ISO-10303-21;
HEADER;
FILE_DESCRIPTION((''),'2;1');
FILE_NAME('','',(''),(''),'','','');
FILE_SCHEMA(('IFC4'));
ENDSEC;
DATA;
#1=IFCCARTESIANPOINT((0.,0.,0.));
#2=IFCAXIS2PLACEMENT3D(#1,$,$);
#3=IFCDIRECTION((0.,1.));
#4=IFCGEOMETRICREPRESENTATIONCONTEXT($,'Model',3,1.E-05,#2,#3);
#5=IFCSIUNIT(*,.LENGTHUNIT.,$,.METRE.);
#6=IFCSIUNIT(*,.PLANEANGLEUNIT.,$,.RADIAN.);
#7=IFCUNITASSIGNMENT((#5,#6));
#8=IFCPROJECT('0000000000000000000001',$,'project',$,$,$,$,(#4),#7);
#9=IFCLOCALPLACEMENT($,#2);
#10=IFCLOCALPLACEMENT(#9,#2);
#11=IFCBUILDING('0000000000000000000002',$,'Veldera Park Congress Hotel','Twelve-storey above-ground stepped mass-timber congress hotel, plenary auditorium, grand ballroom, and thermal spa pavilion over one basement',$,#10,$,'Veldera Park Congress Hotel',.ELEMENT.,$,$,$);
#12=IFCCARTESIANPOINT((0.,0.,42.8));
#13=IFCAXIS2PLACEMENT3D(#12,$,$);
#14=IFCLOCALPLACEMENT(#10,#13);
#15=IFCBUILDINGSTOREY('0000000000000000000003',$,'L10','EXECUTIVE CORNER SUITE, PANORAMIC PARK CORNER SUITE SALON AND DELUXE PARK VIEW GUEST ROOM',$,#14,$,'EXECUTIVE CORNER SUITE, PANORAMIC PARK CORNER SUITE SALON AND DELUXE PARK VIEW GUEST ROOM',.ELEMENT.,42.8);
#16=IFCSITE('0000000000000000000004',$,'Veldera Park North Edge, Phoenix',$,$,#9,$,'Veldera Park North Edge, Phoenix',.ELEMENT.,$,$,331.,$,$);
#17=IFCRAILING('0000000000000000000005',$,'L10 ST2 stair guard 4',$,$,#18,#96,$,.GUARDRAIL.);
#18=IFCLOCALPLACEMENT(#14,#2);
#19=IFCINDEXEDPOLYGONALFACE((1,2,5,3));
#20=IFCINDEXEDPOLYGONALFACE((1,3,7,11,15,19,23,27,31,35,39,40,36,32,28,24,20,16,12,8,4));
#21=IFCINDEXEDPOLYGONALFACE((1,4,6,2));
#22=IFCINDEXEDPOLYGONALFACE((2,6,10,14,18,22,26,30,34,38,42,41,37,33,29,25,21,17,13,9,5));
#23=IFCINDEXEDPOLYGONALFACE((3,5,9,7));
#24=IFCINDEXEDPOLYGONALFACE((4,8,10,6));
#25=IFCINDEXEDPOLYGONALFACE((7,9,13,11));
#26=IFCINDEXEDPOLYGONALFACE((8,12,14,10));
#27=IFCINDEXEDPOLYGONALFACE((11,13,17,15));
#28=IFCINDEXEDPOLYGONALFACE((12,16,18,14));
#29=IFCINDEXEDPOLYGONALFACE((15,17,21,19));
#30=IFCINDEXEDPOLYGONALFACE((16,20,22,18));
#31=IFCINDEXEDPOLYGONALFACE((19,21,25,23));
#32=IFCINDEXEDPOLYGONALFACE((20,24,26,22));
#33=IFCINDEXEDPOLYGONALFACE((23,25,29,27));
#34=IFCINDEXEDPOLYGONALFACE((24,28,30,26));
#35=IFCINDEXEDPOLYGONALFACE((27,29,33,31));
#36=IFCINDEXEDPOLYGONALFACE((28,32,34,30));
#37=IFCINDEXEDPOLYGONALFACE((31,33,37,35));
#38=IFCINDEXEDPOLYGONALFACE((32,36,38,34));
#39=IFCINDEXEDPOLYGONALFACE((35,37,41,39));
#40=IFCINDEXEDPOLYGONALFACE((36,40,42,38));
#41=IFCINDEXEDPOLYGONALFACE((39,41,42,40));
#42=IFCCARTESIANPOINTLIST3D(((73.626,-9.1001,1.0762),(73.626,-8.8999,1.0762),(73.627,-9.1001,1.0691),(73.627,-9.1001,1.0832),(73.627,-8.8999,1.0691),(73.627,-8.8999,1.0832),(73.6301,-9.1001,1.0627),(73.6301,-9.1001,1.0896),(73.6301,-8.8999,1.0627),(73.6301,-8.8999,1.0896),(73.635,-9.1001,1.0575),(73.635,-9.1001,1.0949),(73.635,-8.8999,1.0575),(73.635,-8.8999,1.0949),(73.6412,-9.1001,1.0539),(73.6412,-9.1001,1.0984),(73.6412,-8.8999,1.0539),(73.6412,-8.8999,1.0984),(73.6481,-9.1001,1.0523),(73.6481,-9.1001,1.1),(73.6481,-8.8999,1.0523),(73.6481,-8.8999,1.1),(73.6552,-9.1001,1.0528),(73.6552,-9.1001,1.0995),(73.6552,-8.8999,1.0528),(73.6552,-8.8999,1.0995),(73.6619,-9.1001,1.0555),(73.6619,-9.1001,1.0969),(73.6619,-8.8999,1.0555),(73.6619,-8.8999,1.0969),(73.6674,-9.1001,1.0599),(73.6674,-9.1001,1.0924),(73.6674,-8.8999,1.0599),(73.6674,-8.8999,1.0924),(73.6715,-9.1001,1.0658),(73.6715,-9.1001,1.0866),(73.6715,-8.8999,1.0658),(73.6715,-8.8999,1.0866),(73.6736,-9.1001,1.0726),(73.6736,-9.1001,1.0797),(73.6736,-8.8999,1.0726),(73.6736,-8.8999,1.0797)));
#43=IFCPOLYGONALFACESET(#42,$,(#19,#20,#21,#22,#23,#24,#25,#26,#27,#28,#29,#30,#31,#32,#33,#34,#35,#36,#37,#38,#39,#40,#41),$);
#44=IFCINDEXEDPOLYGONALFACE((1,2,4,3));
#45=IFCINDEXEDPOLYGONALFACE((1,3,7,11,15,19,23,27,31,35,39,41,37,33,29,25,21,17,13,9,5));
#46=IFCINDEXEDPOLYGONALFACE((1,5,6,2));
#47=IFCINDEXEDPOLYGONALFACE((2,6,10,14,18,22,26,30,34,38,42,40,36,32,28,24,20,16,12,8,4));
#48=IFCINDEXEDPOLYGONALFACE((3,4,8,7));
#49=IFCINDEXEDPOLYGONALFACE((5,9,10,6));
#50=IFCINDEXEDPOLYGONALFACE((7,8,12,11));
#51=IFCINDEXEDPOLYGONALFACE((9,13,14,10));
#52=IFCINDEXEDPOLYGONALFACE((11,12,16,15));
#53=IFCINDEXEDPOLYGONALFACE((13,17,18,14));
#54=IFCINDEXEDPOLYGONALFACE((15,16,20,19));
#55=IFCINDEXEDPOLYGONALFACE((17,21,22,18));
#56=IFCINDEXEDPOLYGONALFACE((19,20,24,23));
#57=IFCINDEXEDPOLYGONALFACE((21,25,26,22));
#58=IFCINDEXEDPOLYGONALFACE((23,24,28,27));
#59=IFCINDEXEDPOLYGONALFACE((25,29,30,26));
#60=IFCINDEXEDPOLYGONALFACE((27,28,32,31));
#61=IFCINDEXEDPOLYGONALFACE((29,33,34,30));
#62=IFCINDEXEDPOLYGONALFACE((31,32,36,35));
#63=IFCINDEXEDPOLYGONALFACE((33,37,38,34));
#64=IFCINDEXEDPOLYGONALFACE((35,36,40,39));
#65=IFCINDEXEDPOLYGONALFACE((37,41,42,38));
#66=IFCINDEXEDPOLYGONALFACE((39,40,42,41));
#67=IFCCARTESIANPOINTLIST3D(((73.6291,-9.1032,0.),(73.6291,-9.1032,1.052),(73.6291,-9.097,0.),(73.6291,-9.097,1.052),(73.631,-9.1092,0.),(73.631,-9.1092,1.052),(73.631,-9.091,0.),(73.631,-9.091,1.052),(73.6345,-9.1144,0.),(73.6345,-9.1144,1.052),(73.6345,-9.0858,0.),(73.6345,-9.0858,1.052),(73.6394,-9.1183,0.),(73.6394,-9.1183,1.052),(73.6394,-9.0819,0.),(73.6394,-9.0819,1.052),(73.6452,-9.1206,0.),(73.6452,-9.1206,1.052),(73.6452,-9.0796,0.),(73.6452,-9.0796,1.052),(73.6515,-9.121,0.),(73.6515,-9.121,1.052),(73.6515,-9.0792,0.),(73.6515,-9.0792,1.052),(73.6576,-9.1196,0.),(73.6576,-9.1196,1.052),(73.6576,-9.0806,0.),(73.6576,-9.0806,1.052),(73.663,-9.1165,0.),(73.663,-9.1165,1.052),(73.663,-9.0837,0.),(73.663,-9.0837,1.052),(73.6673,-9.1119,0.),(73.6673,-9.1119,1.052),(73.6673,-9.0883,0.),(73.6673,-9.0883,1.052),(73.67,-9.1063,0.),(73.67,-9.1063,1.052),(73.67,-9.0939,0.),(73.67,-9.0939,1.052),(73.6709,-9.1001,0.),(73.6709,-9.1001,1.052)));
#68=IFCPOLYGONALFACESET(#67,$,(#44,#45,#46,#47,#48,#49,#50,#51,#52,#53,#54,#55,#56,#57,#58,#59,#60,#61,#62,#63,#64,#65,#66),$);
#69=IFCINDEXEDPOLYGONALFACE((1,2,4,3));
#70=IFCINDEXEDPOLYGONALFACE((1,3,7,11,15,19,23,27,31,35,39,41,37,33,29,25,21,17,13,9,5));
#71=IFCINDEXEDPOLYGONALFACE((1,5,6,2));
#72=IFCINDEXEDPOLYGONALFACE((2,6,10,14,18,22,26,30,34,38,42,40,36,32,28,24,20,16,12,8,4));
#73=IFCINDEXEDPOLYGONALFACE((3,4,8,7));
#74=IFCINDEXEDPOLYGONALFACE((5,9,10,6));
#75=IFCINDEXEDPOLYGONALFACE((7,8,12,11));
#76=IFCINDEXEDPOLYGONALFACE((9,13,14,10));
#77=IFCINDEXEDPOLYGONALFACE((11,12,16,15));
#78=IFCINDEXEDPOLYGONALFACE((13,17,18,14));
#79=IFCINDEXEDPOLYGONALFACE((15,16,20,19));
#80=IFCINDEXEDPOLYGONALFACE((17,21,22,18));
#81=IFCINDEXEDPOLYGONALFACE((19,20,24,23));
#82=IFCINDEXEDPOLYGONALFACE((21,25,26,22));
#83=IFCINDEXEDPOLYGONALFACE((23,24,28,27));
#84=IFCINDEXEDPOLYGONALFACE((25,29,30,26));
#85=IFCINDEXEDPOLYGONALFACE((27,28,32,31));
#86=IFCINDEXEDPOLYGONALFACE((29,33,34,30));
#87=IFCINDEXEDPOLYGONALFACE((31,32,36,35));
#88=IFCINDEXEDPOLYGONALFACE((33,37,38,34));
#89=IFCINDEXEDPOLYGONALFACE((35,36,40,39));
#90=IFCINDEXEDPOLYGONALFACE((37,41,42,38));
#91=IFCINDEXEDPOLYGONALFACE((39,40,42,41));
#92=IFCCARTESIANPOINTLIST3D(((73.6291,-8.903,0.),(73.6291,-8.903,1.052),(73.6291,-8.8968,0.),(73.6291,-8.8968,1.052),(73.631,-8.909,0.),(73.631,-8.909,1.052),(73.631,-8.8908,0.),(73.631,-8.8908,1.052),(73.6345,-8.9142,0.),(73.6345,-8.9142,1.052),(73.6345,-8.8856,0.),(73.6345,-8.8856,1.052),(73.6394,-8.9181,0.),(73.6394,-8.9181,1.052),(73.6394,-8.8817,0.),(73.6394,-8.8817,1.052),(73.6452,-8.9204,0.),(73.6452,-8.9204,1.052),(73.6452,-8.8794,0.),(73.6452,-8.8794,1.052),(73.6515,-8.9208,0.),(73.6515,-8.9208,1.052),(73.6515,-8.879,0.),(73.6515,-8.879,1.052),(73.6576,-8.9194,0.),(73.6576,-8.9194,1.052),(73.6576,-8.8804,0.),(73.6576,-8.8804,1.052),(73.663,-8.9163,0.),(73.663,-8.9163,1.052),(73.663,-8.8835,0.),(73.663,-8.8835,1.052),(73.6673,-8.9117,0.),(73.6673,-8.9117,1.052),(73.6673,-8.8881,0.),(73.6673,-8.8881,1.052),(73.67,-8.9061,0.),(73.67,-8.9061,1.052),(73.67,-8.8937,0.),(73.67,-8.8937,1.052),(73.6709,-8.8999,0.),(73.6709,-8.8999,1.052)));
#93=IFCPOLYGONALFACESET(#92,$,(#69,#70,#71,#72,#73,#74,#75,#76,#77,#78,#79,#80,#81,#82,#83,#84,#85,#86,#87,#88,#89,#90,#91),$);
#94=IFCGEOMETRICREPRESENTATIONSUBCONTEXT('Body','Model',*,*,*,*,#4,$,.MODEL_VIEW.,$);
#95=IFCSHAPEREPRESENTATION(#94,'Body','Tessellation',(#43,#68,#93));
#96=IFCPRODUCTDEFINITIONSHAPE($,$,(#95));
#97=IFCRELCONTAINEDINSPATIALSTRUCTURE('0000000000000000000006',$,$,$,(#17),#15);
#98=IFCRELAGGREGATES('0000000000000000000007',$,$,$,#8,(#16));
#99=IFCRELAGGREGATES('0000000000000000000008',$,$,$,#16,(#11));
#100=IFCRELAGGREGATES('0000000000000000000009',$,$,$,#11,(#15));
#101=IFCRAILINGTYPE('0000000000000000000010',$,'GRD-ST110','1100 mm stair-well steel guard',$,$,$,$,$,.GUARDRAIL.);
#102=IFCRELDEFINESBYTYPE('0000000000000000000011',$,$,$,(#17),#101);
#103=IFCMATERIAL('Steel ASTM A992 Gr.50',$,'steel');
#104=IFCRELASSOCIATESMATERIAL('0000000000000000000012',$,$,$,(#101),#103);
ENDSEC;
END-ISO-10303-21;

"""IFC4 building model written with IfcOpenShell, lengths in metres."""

from ifc_helpers import new_model, si_unit, direction, frame, origin, origin_2d, place, context, subcontext, project, spatial, circle, extrude, material, type_object, element, save


model = new_model("IFC4")

# Units and contexts
model_context = context("Model", 3, precision=1e-05, world=origin(), true_north=direction((0.0, 1.0)))
body_context = subcontext(model_context, "Body", "Model", "MODEL_VIEW")
ifc_project = project(units=[si_unit("LENGTHUNIT", "METRE"), si_unit("PLANEANGLEUNIT", "RADIAN")], contexts=[model_context])

# Site, building, storey
site_placement = place(None, origin())
site = spatial("IfcSite", under=ifc_project, at=site_placement, Name="Veldera Park North Edge, Phoenix", LongName="Veldera Park North Edge, Phoenix", CompositionType="ELEMENT", RefElevation=331.0)
building_placement = place(site_placement, origin())
building = spatial("IfcBuilding", under=site, at=building_placement, Name="Veldera Park Congress Hotel", Description="Twelve-storey above-ground stepped mass-timber congress hotel, plenary auditorium, grand ballroom, and thermal spa pavilion over one basement", LongName="Veldera Park Congress Hotel", CompositionType="ELEMENT")
storey_placement = place(building_placement, frame((0.0, 0.0, 42.8)))
storey = spatial("IfcBuildingStorey", under=building, at=storey_placement, Name="L10", Description="EXECUTIVE CORNER SUITE, PANORAMIC PARK CORNER SUITE SALON AND DELUXE PARK VIEW GUEST ROOM", LongName="EXECUTIVE CORNER SUITE, PANORAMIC PARK CORNER SUITE SALON AND DELUXE PARK VIEW GUEST ROOM", CompositionType="ELEMENT", Elevation=42.8)

# Railing
ifc_material_1 = material(Name="Steel ASTM A992 Gr.50", Category="steel")
railing_type = type_object("IfcRailingType", Name="GRD-ST110", Description="1100 mm stair-well steel guard", PredefinedType="GUARDRAIL", material=ifc_material_1)
railing_1_placement = place(storey_placement, frame((73.6499, -9.1001, 0.0)))
element("IfcRailing", 1, at=railing_1_placement, inside=storey, type_object=railing_type, Name="L10 ST2 stair guard 4", PredefinedType="GUARDRAIL", context=body_context, shape_type="SweptSolid", body=[
    extrude(circle(Radius=0.0239, at=origin_2d()), frame((0.0, 0.0, 1.0762), z_axis=(0.0, 1.0, 0.0), x_axis=(-1.0, 0.0, 0.0)), (0.0, 0.0, 1.0), 0.2002),
    extrude(circle(Radius=0.021, at=origin_2d()), origin(), (0.0, 0.0, 1.0), 1.052),
    extrude(circle(Radius=0.021, at=origin_2d()), frame((0.0, 0.2002, 0.0)), (0.0, 0.0, 1.0), 1.052),
])

save(model, "model.ifc")
